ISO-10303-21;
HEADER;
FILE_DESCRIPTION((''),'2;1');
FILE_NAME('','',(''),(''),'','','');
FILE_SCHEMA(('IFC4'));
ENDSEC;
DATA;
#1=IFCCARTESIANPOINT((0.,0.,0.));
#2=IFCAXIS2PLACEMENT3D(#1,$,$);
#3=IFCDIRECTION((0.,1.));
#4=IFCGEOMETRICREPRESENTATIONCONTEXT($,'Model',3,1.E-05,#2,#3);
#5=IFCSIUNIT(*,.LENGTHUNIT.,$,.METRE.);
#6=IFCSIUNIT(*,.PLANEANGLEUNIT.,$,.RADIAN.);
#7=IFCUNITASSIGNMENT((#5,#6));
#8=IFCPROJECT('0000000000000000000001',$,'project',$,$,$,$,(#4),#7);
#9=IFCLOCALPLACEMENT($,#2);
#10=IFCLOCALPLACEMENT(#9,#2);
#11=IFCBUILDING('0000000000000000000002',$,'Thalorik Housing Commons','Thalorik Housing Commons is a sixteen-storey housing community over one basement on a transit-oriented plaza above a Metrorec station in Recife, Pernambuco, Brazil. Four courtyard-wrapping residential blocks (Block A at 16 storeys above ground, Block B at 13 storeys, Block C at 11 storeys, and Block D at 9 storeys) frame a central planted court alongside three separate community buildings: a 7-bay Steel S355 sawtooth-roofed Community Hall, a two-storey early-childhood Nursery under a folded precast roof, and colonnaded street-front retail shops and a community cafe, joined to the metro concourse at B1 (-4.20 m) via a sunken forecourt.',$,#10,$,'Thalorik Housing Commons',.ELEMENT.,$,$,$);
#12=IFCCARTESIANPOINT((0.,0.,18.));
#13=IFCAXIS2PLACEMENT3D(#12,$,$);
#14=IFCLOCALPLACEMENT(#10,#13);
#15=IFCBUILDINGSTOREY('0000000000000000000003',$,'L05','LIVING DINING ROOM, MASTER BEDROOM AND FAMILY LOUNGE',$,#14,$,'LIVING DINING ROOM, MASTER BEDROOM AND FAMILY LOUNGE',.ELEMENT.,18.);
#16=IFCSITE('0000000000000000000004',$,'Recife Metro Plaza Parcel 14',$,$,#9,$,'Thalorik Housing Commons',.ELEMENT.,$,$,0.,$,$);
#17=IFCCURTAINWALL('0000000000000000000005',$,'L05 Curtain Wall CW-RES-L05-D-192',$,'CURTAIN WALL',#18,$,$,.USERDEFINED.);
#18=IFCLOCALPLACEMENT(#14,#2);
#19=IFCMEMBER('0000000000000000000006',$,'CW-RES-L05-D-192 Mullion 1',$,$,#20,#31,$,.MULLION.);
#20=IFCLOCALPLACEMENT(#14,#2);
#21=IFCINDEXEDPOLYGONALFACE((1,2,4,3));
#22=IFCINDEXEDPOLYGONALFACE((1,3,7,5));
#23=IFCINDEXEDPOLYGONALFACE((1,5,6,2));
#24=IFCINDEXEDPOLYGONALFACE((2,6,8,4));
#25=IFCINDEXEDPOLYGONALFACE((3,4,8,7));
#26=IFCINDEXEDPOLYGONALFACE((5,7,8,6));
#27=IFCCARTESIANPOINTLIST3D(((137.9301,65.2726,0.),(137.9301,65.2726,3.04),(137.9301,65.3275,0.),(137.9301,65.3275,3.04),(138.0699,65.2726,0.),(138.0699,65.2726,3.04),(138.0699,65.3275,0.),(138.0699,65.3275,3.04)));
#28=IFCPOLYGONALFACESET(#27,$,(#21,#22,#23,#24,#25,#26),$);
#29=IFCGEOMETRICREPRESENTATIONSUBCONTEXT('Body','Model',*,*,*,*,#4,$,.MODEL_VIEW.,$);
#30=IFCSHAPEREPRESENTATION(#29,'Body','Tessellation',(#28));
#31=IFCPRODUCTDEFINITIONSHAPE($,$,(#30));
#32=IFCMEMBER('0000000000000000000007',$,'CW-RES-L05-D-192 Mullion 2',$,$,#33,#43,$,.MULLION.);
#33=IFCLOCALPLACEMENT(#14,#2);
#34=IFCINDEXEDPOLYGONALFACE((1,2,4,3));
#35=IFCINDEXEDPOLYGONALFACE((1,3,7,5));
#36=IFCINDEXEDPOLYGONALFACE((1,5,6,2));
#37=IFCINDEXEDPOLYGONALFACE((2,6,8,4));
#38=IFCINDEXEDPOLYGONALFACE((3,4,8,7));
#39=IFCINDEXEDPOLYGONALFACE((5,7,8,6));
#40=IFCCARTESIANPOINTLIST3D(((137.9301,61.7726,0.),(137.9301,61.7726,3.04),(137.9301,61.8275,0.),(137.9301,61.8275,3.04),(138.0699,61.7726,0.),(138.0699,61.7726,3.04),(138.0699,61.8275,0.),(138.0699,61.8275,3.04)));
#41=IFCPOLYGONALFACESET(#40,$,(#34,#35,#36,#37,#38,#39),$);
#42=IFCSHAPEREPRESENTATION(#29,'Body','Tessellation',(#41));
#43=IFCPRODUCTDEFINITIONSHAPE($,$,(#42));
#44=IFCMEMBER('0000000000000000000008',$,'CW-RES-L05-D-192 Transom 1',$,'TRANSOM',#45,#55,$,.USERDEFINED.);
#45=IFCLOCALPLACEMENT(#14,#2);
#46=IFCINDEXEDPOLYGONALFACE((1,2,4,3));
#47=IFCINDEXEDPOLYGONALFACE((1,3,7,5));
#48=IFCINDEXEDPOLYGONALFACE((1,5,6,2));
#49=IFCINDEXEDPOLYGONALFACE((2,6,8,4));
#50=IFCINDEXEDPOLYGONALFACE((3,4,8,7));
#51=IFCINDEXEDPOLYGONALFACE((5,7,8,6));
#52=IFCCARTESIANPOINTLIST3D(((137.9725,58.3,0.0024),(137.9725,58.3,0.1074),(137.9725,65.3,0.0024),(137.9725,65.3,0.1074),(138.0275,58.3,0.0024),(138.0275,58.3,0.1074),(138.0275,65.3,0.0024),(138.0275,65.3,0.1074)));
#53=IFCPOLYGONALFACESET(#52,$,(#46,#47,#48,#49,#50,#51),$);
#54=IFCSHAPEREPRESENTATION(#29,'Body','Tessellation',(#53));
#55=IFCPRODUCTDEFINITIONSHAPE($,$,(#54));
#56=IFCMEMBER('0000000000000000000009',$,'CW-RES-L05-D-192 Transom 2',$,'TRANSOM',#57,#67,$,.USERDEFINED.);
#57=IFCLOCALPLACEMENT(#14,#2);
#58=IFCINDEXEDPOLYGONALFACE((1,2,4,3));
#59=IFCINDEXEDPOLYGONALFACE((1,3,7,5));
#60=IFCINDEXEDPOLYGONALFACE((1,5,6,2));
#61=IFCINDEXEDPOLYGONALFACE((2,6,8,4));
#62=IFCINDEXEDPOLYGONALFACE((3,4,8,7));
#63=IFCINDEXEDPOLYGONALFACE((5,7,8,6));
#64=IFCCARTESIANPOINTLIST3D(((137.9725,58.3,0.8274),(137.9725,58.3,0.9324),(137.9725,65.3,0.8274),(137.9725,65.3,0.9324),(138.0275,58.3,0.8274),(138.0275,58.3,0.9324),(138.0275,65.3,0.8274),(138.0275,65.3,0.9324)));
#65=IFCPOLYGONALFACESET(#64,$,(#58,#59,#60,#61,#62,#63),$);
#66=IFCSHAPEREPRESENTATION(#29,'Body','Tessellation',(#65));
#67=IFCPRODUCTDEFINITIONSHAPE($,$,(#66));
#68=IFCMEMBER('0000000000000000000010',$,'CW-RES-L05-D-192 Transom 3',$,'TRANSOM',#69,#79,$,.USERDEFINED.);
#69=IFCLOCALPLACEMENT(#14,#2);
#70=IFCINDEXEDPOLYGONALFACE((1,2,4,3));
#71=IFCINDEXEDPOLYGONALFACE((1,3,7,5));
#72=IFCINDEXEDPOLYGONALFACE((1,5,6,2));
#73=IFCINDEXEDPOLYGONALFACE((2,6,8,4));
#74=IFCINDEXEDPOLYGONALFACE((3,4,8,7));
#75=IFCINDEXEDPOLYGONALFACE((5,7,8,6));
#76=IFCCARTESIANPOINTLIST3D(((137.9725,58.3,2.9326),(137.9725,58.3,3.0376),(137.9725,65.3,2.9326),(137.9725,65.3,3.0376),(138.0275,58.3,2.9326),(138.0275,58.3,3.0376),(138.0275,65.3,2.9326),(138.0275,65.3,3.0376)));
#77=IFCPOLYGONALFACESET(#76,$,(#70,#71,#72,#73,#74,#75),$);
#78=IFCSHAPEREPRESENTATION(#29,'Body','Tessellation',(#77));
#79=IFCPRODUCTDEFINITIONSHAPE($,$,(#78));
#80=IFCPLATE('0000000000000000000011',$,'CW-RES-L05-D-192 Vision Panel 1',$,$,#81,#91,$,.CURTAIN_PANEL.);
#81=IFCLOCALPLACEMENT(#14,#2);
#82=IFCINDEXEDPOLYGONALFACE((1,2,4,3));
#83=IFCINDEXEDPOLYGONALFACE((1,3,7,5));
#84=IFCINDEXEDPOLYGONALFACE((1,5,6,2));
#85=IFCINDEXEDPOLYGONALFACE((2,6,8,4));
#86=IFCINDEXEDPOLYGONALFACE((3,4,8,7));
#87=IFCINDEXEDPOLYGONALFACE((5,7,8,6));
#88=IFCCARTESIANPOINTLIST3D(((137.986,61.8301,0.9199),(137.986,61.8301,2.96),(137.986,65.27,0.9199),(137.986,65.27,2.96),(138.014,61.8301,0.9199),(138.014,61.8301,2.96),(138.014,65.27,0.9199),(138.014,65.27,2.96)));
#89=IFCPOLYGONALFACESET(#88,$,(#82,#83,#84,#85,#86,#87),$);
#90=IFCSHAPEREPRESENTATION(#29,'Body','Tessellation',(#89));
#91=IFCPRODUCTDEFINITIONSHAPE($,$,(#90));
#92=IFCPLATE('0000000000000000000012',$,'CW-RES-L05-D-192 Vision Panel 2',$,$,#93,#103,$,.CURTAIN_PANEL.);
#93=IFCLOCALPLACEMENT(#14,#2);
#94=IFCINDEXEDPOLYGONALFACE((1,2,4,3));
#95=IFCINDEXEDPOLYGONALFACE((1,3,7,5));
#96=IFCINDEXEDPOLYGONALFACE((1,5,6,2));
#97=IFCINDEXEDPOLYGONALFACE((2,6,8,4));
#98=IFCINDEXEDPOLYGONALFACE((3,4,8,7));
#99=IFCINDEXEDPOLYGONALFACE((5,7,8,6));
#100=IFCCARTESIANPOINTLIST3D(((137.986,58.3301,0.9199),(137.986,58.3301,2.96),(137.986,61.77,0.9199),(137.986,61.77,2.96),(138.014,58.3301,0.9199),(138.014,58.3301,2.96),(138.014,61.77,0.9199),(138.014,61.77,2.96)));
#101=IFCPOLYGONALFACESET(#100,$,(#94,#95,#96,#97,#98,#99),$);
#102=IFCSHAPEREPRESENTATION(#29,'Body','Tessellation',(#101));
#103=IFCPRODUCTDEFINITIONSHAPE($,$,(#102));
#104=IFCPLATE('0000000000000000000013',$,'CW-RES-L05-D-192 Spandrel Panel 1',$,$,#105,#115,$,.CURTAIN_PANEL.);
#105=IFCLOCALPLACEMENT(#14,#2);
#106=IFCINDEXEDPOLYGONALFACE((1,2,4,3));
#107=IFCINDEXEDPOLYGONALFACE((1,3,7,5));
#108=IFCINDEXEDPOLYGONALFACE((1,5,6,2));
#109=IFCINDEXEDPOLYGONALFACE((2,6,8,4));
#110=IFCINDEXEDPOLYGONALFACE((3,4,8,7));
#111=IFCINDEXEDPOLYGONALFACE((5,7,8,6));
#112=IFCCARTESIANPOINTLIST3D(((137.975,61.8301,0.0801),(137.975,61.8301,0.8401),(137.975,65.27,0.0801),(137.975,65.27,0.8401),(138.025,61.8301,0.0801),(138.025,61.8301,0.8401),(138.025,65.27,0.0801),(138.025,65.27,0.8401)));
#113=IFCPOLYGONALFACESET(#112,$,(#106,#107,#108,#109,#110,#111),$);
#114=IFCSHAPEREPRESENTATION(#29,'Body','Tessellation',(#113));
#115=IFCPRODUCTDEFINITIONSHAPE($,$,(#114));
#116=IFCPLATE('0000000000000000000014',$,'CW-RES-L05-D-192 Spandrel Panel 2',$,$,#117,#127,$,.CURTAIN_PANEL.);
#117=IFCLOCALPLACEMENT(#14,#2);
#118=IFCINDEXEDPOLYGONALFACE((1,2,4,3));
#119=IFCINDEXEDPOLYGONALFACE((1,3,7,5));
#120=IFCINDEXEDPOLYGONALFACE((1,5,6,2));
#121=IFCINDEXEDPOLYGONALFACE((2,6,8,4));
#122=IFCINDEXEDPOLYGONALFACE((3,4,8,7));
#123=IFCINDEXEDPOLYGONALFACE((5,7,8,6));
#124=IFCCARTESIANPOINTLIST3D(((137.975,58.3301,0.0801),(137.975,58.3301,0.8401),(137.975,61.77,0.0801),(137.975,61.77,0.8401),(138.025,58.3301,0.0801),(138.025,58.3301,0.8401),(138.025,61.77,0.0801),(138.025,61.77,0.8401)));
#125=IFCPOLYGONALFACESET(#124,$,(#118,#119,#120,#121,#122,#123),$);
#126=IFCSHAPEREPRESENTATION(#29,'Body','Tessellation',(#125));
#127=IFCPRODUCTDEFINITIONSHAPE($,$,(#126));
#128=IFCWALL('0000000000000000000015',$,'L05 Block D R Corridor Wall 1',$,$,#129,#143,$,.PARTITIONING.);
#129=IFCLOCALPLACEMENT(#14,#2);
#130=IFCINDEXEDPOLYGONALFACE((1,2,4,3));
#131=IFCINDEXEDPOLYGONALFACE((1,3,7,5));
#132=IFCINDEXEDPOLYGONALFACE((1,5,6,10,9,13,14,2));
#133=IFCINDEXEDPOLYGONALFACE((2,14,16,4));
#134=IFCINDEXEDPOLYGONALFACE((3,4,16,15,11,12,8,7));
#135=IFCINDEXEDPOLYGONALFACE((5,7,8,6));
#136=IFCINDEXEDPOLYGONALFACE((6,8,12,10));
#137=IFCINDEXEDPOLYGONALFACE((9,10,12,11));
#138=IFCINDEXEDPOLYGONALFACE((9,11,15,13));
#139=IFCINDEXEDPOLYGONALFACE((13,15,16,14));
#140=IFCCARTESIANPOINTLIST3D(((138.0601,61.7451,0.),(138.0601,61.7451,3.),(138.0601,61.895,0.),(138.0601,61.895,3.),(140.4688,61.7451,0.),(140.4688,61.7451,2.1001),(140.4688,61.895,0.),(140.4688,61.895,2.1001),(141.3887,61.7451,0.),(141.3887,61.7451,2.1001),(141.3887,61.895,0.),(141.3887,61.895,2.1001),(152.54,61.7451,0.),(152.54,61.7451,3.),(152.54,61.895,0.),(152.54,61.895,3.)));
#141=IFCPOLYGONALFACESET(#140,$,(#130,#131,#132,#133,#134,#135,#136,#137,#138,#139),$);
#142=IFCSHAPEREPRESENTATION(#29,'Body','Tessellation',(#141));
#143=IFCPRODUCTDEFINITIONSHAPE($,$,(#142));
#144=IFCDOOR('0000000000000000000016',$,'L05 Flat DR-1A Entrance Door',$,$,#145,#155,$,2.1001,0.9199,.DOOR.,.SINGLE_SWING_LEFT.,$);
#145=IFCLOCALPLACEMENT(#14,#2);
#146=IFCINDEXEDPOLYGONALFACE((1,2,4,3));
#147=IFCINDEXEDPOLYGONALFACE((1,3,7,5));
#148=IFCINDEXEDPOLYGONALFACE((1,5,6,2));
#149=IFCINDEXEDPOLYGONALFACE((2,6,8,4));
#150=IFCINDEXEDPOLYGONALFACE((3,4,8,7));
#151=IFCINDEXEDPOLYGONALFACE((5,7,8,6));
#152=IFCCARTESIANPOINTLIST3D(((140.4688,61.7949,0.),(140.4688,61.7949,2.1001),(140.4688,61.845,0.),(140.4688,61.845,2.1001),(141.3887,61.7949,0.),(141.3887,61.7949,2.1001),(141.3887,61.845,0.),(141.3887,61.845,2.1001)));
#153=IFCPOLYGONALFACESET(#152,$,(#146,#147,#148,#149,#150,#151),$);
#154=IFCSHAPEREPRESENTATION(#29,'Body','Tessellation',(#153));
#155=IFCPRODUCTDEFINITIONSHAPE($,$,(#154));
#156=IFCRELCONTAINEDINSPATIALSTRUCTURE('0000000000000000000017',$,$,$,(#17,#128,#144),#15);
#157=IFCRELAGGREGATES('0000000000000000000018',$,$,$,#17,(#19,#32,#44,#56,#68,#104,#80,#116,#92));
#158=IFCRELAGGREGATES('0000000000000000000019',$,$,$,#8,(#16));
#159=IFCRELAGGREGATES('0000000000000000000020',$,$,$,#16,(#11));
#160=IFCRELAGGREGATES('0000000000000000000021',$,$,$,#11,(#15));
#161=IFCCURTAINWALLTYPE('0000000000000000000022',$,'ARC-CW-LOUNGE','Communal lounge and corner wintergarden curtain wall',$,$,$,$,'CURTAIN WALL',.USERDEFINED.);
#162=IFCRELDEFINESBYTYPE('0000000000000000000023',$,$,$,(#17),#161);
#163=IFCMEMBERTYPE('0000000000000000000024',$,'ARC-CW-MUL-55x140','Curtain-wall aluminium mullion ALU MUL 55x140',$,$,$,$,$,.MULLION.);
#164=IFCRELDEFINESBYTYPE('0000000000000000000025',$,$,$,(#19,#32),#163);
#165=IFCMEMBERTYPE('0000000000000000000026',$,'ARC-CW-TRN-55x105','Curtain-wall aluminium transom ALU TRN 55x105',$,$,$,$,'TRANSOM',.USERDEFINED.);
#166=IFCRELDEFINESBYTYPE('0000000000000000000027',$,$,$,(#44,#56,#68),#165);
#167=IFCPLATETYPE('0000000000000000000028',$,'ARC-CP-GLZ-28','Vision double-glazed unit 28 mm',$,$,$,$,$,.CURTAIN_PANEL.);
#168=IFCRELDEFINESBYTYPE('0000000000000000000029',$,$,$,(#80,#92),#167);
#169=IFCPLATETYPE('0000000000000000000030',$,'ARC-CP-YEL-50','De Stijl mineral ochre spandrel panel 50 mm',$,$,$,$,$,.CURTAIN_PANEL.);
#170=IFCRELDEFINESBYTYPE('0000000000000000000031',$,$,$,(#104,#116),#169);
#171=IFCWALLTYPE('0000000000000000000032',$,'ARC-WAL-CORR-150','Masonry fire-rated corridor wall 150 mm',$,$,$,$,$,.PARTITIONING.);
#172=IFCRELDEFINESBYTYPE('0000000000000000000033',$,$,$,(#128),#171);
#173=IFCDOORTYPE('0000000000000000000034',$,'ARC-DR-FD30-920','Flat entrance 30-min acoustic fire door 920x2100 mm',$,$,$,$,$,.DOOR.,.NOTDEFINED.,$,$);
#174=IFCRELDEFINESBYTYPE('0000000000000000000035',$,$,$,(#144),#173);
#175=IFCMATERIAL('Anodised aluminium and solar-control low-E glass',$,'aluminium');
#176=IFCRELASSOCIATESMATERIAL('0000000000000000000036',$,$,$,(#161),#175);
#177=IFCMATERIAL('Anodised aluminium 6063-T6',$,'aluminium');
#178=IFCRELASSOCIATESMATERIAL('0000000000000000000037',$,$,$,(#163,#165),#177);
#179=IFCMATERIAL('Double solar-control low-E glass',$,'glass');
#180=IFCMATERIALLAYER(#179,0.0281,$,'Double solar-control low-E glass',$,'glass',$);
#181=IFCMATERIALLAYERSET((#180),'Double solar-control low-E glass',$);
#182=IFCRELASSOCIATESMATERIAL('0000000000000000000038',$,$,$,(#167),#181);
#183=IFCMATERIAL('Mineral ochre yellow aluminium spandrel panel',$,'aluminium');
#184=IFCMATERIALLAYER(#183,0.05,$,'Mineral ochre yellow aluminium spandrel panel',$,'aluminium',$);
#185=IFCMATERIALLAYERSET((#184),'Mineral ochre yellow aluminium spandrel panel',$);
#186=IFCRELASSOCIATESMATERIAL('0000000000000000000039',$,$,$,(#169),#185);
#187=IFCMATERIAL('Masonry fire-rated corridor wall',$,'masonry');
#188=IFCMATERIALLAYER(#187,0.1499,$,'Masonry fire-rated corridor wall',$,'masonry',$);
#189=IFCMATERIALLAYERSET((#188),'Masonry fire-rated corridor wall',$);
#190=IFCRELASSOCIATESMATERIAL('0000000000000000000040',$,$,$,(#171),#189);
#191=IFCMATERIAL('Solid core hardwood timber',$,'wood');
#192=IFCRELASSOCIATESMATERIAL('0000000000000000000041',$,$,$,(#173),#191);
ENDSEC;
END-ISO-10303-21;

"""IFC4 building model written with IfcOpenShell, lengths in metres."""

from ifc_helpers import new_model, si_unit, direction, frame, frame_2d, origin, origin_2d, place, context, subcontext, project, spatial, rectangle, extrude, material, layer, layer_set, material_profile, profile_set, type_object, element, fill, aggregate, save


model = new_model("IFC4")

# Units and contexts
model_context = context("Model", 3, precision=1e-05, world=origin(), true_north=direction((0.0, 1.0)))
body_context = subcontext(model_context, "Body", "Model", "MODEL_VIEW")
ifc_project = project(units=[si_unit("LENGTHUNIT", "METRE"), si_unit("PLANEANGLEUNIT", "RADIAN")], contexts=[model_context])

# Site, building, storey
site_placement = place(None, origin())
site = spatial("IfcSite", under=ifc_project, at=site_placement, Name="Recife Metro Plaza Parcel 14", LongName="Thalorik Housing Commons", CompositionType="ELEMENT", RefElevation=0.0)
building_placement = place(site_placement, origin())
building = spatial("IfcBuilding", under=site, at=building_placement, Name="Thalorik Housing Commons", Description="Thalorik Housing Commons is a sixteen-storey housing community over one basement on a transit-oriented plaza above a Metrorec station in Recife, Pernambuco, Brazil. Four courtyard-wrapping residential blocks (Block A at 16 storeys above ground, Block B at 13 storeys, Block C at 11 storeys, and Block D at 9 storeys) frame a central planted court alongside three separate community buildings: a 7-bay Steel S355 sawtooth-roofed Community Hall, a two-storey early-childhood Nursery under a folded precast roof, and colonnaded street-front retail shops and a community cafe, joined to the metro concourse at B1 (-4.20 m) via a sunken forecourt.", LongName="Thalorik Housing Commons", CompositionType="ELEMENT")
storey_placement = place(building_placement, frame((0.0, 0.0, 18.0)))
storey = spatial("IfcBuildingStorey", under=building, at=storey_placement, Name="L05", Description="LIVING DINING ROOM, MASTER BEDROOM AND FAMILY LOUNGE", LongName="LIVING DINING ROOM, MASTER BEDROOM AND FAMILY LOUNGE", CompositionType="ELEMENT", Elevation=18.0)

# Curtain wall, members, plates
ifc_material_1 = material(Name="Anodised aluminium and solar-control low-E glass", Category="aluminium")
curtain_wall_type = type_object("IfcCurtainWallType", Name="ARC-CW-LOUNGE", Description="Communal lounge and corner wintergarden curtain wall", ElementType="CURTAIN WALL", PredefinedType="USERDEFINED", material=ifc_material_1)
curtain_wall_placement = place(storey_placement, origin())
curtain_wall = element("IfcCurtainWall", 1, at=curtain_wall_placement, inside=storey, type_object=curtain_wall_type, Name="L05 Curtain Wall CW-RES-L05-D-192", ObjectType="CURTAIN WALL", PredefinedType="USERDEFINED")
ifc_material_2 = material(Name="Anodised aluminium 6063-T6", Category="aluminium")
ifc_material_profile_1 = material_profile(ifc_material_2, rectangle(XDim=0.0549, YDim=0.1399, at=origin_2d()), Name="ALU MUL 55x140", Category="aluminium")
ifc_profile_set_1 = profile_set([ifc_material_profile_1], Name="Anodised aluminium 6063-T6")
member_type_1 = type_object("IfcMemberType", Name="ARC-CW-MUL-55x140", Description="Curtain-wall aluminium mullion ALU MUL 55x140", PredefinedType="MULLION", material=ifc_profile_set_1)
member_1_placement = place(storey_placement, frame((138.0, 65.3, 0.0), z_axis=(0.0, 0.0, 1.0), x_axis=(0.0, -1.0, 0.0)))
member_1 = element("IfcMember", 2, at=member_1_placement, type_object=member_type_1, Name="CW-RES-L05-D-192 Mullion 1", PredefinedType="MULLION", context=body_context, shape_type="SweptSolid", body=[
    extrude(rectangle(XDim=0.0549, YDim=0.1399, at=origin_2d()), origin(), (0.0, 0.0, 1.0), 3.04),
])
member_2_placement = place(storey_placement, frame((138.0, 61.8, 0.0), z_axis=(0.0, 0.0, 1.0), x_axis=(0.0, -1.0, 0.0)))
member_2 = element("IfcMember", 3, at=member_2_placement, type_object=member_type_1, Name="CW-RES-L05-D-192 Mullion 2", PredefinedType="MULLION", context=body_context, shape_type="SweptSolid", body=[
    extrude(rectangle(XDim=0.0549, YDim=0.1399, at=origin_2d()), origin(), (0.0, 0.0, 1.0), 3.04),
])
ifc_material_profile_2 = material_profile(ifc_material_2, rectangle(XDim=0.0549, YDim=0.105, at=origin_2d()), Name="ALU TRN 55x105", Category="aluminium")
ifc_profile_set_2 = profile_set([ifc_material_profile_2], Name="Anodised aluminium 6063-T6")
member_type_2 = type_object("IfcMemberType", Name="ARC-CW-TRN-55x105", Description="Curtain-wall aluminium transom ALU TRN 55x105", ElementType="TRANSOM", PredefinedType="USERDEFINED", material=ifc_profile_set_2)
member_3_placement = place(storey_placement, frame((138.0, 65.3, 0.0549), z_axis=(0.0, -1.0, 0.0), x_axis=(1.0, 0.0, 0.0)))
member_3 = element("IfcMember", 4, at=member_3_placement, type_object=member_type_2, Name="CW-RES-L05-D-192 Transom 1", ObjectType="TRANSOM", PredefinedType="USERDEFINED", context=body_context, shape_type="SweptSolid", body=[
    extrude(rectangle(XDim=0.0549, YDim=0.105, at=origin_2d()), origin(), (0.0, 0.0, 1.0), 7.0),
])
member_4_placement = place(storey_placement, frame((138.0, 65.3, 0.8799), z_axis=(0.0, -1.0, 0.0), x_axis=(1.0, 0.0, 0.0)))
member_4 = element("IfcMember", 5, at=member_4_placement, type_object=member_type_2, Name="CW-RES-L05-D-192 Transom 2", ObjectType="TRANSOM", PredefinedType="USERDEFINED", context=body_context, shape_type="SweptSolid", body=[
    extrude(rectangle(XDim=0.0549, YDim=0.105, at=origin_2d()), origin(), (0.0, 0.0, 1.0), 7.0),
])
member_5_placement = place(storey_placement, frame((138.0, 65.3, 2.9851), z_axis=(0.0, -1.0, 0.0), x_axis=(1.0, 0.0, 0.0)))
member_5 = element("IfcMember", 6, at=member_5_placement, type_object=member_type_2, Name="CW-RES-L05-D-192 Transom 3", ObjectType="TRANSOM", PredefinedType="USERDEFINED", context=body_context, shape_type="SweptSolid", body=[
    extrude(rectangle(XDim=0.0549, YDim=0.105, at=origin_2d()), origin(), (0.0, 0.0, 1.0), 7.0),
])
ifc_material_3 = material(Name="Double solar-control low-E glass", Category="glass")
ifc_layer_1 = layer(ifc_material_3, 0.0281, Name="Double solar-control low-E glass", Category="glass")
ifc_layer_set_1 = layer_set([ifc_layer_1], Name="Double solar-control low-E glass")
plate_type_1 = type_object("IfcPlateType", Name="ARC-CP-GLZ-28", Description="Vision double-glazed unit 28 mm", PredefinedType="CURTAIN_PANEL", material=ifc_layer_set_1)
plate_1_placement = place(storey_placement, frame((138.0, 63.55, 0.9199), z_axis=(0.0, 0.0, 1.0), x_axis=(0.0, -1.0, 0.0)))
plate_1 = element("IfcPlate", 7, at=plate_1_placement, type_object=plate_type_1, Name="CW-RES-L05-D-192 Vision Panel 1", PredefinedType="CURTAIN_PANEL", context=body_context, shape_type="SweptSolid", body=[
    extrude(rectangle(XDim=3.4399, YDim=0.0281, at=origin_2d()), origin(), (0.0, 0.0, 1.0), 2.04),
])
plate_2_placement = place(storey_placement, frame((138.0, 60.05, 0.9199), z_axis=(0.0, 0.0, 1.0), x_axis=(0.0, -1.0, 0.0)))
plate_2 = element("IfcPlate", 8, at=plate_2_placement, type_object=plate_type_1, Name="CW-RES-L05-D-192 Vision Panel 2", PredefinedType="CURTAIN_PANEL", context=body_context, shape_type="SweptSolid", body=[
    extrude(rectangle(XDim=3.4399, YDim=0.0281, at=origin_2d()), origin(), (0.0, 0.0, 1.0), 2.04),
])
ifc_material_4 = material(Name="Mineral ochre yellow aluminium spandrel panel", Category="aluminium")
ifc_layer_2 = layer(ifc_material_4, 0.05, Name="Mineral ochre yellow aluminium spandrel panel", Category="aluminium")
ifc_layer_set_2 = layer_set([ifc_layer_2], Name="Mineral ochre yellow aluminium spandrel panel")
plate_type_2 = type_object("IfcPlateType", Name="ARC-CP-YEL-50", Description="De Stijl mineral ochre spandrel panel 50 mm", PredefinedType="CURTAIN_PANEL", material=ifc_layer_set_2)
plate_3_placement = place(storey_placement, frame((138.0, 63.55, 0.0801), z_axis=(0.0, 0.0, 1.0), x_axis=(0.0, -1.0, 0.0)))
plate_3 = element("IfcPlate", 9, at=plate_3_placement, type_object=plate_type_2, Name="CW-RES-L05-D-192 Spandrel Panel 1", PredefinedType="CURTAIN_PANEL", context=body_context, shape_type="SweptSolid", body=[
    extrude(rectangle(XDim=3.4399, YDim=0.05, at=origin_2d()), origin(), (0.0, 0.0, 1.0), 0.76),
])
plate_4_placement = place(storey_placement, frame((138.0, 60.05, 0.0801), z_axis=(0.0, 0.0, 1.0), x_axis=(0.0, -1.0, 0.0)))
plate_4 = element("IfcPlate", 10, at=plate_4_placement, type_object=plate_type_2, Name="CW-RES-L05-D-192 Spandrel Panel 2", PredefinedType="CURTAIN_PANEL", context=body_context, shape_type="SweptSolid", body=[
    extrude(rectangle(XDim=3.4399, YDim=0.05, at=origin_2d()), origin(), (0.0, 0.0, 1.0), 0.76),
])
aggregate(curtain_wall, [member_1, member_2, member_3, member_4, member_5, plate_3, plate_1, plate_4, plate_2])

# Wall, opening, door
ifc_material_5 = material(Name="Masonry fire-rated corridor wall", Category="masonry")
ifc_layer_3 = layer(ifc_material_5, 0.1499, Name="Masonry fire-rated corridor wall", Category="masonry")
ifc_layer_set_3 = layer_set([ifc_layer_3], Name="Masonry fire-rated corridor wall")
wall_type_1 = type_object("IfcWallType", Name="ARC-WAL-CORR-150", Description="Masonry fire-rated corridor wall 150 mm", PredefinedType="PARTITIONING", material=ifc_layer_set_3)
wall_1_placement = place(storey_placement, frame((138.0601, 61.8201, 0.0), z_axis=(0.0, 0.0, 1.0), x_axis=(1.0, 0.0, 0.0)))
wall_1 = element("IfcWall", 11, at=wall_1_placement, inside=storey, type_object=wall_type_1, Name="L05 Block D R Corridor Wall 1", PredefinedType="PARTITIONING", context=body_context, shape_type="SweptSolid", body=[
    extrude(rectangle(XDim=14.48, YDim=0.1499, at=frame_2d((7.24, 0.0))), origin(), (0.0, 0.0, 1.0), 3.0),
])
opening_1_placement = place(wall_1_placement, frame((2.4087, 0.0, 0.0)))
opening_1 = element("IfcOpeningElement", 12, at=opening_1_placement, cuts=wall_1, PredefinedType="OPENING", context=body_context, shape_type="SweptSolid", body=[
    extrude(rectangle(XDim=0.9199, YDim=2.1001, at=frame_2d((0.46, 1.05))), frame((0.0, 0.085, 0.0), z_axis=(0.0, -1.0, 0.0), x_axis=(1.0, 0.0, 0.0)), (0.0, 0.0, 1.0), 0.1699),
])
ifc_material_6 = material(Name="Solid core hardwood timber", Category="wood")
door_type_1 = type_object("IfcDoorType", Name="ARC-DR-FD30-920", Description="Flat entrance 30-min acoustic fire door 920x2100 mm", OperationType="NOTDEFINED", PredefinedType="DOOR", material=ifc_material_6)
door_1_placement = place(opening_1_placement, origin())
door_1 = element("IfcDoor", 13, at=door_1_placement, inside=storey, type_object=door_type_1, Name="L05 Flat DR-1A Entrance Door", OperationType="SINGLE_SWING_LEFT", OverallHeight=2.1001, OverallWidth=0.9199, PredefinedType="DOOR", context=body_context, shape_type="SweptSolid", body=[
    extrude(rectangle(XDim=0.9199, YDim=2.1001, at=frame_2d((0.46, 1.05))), frame((0.0, 0.0249, 0.0), z_axis=(0.0, -1.0, 0.0), x_axis=(1.0, 0.0, 0.0)), (0.0, 0.0, 1.0), 0.05),
])
fill(opening_1, door_1)

save(model, "model.ifc")
